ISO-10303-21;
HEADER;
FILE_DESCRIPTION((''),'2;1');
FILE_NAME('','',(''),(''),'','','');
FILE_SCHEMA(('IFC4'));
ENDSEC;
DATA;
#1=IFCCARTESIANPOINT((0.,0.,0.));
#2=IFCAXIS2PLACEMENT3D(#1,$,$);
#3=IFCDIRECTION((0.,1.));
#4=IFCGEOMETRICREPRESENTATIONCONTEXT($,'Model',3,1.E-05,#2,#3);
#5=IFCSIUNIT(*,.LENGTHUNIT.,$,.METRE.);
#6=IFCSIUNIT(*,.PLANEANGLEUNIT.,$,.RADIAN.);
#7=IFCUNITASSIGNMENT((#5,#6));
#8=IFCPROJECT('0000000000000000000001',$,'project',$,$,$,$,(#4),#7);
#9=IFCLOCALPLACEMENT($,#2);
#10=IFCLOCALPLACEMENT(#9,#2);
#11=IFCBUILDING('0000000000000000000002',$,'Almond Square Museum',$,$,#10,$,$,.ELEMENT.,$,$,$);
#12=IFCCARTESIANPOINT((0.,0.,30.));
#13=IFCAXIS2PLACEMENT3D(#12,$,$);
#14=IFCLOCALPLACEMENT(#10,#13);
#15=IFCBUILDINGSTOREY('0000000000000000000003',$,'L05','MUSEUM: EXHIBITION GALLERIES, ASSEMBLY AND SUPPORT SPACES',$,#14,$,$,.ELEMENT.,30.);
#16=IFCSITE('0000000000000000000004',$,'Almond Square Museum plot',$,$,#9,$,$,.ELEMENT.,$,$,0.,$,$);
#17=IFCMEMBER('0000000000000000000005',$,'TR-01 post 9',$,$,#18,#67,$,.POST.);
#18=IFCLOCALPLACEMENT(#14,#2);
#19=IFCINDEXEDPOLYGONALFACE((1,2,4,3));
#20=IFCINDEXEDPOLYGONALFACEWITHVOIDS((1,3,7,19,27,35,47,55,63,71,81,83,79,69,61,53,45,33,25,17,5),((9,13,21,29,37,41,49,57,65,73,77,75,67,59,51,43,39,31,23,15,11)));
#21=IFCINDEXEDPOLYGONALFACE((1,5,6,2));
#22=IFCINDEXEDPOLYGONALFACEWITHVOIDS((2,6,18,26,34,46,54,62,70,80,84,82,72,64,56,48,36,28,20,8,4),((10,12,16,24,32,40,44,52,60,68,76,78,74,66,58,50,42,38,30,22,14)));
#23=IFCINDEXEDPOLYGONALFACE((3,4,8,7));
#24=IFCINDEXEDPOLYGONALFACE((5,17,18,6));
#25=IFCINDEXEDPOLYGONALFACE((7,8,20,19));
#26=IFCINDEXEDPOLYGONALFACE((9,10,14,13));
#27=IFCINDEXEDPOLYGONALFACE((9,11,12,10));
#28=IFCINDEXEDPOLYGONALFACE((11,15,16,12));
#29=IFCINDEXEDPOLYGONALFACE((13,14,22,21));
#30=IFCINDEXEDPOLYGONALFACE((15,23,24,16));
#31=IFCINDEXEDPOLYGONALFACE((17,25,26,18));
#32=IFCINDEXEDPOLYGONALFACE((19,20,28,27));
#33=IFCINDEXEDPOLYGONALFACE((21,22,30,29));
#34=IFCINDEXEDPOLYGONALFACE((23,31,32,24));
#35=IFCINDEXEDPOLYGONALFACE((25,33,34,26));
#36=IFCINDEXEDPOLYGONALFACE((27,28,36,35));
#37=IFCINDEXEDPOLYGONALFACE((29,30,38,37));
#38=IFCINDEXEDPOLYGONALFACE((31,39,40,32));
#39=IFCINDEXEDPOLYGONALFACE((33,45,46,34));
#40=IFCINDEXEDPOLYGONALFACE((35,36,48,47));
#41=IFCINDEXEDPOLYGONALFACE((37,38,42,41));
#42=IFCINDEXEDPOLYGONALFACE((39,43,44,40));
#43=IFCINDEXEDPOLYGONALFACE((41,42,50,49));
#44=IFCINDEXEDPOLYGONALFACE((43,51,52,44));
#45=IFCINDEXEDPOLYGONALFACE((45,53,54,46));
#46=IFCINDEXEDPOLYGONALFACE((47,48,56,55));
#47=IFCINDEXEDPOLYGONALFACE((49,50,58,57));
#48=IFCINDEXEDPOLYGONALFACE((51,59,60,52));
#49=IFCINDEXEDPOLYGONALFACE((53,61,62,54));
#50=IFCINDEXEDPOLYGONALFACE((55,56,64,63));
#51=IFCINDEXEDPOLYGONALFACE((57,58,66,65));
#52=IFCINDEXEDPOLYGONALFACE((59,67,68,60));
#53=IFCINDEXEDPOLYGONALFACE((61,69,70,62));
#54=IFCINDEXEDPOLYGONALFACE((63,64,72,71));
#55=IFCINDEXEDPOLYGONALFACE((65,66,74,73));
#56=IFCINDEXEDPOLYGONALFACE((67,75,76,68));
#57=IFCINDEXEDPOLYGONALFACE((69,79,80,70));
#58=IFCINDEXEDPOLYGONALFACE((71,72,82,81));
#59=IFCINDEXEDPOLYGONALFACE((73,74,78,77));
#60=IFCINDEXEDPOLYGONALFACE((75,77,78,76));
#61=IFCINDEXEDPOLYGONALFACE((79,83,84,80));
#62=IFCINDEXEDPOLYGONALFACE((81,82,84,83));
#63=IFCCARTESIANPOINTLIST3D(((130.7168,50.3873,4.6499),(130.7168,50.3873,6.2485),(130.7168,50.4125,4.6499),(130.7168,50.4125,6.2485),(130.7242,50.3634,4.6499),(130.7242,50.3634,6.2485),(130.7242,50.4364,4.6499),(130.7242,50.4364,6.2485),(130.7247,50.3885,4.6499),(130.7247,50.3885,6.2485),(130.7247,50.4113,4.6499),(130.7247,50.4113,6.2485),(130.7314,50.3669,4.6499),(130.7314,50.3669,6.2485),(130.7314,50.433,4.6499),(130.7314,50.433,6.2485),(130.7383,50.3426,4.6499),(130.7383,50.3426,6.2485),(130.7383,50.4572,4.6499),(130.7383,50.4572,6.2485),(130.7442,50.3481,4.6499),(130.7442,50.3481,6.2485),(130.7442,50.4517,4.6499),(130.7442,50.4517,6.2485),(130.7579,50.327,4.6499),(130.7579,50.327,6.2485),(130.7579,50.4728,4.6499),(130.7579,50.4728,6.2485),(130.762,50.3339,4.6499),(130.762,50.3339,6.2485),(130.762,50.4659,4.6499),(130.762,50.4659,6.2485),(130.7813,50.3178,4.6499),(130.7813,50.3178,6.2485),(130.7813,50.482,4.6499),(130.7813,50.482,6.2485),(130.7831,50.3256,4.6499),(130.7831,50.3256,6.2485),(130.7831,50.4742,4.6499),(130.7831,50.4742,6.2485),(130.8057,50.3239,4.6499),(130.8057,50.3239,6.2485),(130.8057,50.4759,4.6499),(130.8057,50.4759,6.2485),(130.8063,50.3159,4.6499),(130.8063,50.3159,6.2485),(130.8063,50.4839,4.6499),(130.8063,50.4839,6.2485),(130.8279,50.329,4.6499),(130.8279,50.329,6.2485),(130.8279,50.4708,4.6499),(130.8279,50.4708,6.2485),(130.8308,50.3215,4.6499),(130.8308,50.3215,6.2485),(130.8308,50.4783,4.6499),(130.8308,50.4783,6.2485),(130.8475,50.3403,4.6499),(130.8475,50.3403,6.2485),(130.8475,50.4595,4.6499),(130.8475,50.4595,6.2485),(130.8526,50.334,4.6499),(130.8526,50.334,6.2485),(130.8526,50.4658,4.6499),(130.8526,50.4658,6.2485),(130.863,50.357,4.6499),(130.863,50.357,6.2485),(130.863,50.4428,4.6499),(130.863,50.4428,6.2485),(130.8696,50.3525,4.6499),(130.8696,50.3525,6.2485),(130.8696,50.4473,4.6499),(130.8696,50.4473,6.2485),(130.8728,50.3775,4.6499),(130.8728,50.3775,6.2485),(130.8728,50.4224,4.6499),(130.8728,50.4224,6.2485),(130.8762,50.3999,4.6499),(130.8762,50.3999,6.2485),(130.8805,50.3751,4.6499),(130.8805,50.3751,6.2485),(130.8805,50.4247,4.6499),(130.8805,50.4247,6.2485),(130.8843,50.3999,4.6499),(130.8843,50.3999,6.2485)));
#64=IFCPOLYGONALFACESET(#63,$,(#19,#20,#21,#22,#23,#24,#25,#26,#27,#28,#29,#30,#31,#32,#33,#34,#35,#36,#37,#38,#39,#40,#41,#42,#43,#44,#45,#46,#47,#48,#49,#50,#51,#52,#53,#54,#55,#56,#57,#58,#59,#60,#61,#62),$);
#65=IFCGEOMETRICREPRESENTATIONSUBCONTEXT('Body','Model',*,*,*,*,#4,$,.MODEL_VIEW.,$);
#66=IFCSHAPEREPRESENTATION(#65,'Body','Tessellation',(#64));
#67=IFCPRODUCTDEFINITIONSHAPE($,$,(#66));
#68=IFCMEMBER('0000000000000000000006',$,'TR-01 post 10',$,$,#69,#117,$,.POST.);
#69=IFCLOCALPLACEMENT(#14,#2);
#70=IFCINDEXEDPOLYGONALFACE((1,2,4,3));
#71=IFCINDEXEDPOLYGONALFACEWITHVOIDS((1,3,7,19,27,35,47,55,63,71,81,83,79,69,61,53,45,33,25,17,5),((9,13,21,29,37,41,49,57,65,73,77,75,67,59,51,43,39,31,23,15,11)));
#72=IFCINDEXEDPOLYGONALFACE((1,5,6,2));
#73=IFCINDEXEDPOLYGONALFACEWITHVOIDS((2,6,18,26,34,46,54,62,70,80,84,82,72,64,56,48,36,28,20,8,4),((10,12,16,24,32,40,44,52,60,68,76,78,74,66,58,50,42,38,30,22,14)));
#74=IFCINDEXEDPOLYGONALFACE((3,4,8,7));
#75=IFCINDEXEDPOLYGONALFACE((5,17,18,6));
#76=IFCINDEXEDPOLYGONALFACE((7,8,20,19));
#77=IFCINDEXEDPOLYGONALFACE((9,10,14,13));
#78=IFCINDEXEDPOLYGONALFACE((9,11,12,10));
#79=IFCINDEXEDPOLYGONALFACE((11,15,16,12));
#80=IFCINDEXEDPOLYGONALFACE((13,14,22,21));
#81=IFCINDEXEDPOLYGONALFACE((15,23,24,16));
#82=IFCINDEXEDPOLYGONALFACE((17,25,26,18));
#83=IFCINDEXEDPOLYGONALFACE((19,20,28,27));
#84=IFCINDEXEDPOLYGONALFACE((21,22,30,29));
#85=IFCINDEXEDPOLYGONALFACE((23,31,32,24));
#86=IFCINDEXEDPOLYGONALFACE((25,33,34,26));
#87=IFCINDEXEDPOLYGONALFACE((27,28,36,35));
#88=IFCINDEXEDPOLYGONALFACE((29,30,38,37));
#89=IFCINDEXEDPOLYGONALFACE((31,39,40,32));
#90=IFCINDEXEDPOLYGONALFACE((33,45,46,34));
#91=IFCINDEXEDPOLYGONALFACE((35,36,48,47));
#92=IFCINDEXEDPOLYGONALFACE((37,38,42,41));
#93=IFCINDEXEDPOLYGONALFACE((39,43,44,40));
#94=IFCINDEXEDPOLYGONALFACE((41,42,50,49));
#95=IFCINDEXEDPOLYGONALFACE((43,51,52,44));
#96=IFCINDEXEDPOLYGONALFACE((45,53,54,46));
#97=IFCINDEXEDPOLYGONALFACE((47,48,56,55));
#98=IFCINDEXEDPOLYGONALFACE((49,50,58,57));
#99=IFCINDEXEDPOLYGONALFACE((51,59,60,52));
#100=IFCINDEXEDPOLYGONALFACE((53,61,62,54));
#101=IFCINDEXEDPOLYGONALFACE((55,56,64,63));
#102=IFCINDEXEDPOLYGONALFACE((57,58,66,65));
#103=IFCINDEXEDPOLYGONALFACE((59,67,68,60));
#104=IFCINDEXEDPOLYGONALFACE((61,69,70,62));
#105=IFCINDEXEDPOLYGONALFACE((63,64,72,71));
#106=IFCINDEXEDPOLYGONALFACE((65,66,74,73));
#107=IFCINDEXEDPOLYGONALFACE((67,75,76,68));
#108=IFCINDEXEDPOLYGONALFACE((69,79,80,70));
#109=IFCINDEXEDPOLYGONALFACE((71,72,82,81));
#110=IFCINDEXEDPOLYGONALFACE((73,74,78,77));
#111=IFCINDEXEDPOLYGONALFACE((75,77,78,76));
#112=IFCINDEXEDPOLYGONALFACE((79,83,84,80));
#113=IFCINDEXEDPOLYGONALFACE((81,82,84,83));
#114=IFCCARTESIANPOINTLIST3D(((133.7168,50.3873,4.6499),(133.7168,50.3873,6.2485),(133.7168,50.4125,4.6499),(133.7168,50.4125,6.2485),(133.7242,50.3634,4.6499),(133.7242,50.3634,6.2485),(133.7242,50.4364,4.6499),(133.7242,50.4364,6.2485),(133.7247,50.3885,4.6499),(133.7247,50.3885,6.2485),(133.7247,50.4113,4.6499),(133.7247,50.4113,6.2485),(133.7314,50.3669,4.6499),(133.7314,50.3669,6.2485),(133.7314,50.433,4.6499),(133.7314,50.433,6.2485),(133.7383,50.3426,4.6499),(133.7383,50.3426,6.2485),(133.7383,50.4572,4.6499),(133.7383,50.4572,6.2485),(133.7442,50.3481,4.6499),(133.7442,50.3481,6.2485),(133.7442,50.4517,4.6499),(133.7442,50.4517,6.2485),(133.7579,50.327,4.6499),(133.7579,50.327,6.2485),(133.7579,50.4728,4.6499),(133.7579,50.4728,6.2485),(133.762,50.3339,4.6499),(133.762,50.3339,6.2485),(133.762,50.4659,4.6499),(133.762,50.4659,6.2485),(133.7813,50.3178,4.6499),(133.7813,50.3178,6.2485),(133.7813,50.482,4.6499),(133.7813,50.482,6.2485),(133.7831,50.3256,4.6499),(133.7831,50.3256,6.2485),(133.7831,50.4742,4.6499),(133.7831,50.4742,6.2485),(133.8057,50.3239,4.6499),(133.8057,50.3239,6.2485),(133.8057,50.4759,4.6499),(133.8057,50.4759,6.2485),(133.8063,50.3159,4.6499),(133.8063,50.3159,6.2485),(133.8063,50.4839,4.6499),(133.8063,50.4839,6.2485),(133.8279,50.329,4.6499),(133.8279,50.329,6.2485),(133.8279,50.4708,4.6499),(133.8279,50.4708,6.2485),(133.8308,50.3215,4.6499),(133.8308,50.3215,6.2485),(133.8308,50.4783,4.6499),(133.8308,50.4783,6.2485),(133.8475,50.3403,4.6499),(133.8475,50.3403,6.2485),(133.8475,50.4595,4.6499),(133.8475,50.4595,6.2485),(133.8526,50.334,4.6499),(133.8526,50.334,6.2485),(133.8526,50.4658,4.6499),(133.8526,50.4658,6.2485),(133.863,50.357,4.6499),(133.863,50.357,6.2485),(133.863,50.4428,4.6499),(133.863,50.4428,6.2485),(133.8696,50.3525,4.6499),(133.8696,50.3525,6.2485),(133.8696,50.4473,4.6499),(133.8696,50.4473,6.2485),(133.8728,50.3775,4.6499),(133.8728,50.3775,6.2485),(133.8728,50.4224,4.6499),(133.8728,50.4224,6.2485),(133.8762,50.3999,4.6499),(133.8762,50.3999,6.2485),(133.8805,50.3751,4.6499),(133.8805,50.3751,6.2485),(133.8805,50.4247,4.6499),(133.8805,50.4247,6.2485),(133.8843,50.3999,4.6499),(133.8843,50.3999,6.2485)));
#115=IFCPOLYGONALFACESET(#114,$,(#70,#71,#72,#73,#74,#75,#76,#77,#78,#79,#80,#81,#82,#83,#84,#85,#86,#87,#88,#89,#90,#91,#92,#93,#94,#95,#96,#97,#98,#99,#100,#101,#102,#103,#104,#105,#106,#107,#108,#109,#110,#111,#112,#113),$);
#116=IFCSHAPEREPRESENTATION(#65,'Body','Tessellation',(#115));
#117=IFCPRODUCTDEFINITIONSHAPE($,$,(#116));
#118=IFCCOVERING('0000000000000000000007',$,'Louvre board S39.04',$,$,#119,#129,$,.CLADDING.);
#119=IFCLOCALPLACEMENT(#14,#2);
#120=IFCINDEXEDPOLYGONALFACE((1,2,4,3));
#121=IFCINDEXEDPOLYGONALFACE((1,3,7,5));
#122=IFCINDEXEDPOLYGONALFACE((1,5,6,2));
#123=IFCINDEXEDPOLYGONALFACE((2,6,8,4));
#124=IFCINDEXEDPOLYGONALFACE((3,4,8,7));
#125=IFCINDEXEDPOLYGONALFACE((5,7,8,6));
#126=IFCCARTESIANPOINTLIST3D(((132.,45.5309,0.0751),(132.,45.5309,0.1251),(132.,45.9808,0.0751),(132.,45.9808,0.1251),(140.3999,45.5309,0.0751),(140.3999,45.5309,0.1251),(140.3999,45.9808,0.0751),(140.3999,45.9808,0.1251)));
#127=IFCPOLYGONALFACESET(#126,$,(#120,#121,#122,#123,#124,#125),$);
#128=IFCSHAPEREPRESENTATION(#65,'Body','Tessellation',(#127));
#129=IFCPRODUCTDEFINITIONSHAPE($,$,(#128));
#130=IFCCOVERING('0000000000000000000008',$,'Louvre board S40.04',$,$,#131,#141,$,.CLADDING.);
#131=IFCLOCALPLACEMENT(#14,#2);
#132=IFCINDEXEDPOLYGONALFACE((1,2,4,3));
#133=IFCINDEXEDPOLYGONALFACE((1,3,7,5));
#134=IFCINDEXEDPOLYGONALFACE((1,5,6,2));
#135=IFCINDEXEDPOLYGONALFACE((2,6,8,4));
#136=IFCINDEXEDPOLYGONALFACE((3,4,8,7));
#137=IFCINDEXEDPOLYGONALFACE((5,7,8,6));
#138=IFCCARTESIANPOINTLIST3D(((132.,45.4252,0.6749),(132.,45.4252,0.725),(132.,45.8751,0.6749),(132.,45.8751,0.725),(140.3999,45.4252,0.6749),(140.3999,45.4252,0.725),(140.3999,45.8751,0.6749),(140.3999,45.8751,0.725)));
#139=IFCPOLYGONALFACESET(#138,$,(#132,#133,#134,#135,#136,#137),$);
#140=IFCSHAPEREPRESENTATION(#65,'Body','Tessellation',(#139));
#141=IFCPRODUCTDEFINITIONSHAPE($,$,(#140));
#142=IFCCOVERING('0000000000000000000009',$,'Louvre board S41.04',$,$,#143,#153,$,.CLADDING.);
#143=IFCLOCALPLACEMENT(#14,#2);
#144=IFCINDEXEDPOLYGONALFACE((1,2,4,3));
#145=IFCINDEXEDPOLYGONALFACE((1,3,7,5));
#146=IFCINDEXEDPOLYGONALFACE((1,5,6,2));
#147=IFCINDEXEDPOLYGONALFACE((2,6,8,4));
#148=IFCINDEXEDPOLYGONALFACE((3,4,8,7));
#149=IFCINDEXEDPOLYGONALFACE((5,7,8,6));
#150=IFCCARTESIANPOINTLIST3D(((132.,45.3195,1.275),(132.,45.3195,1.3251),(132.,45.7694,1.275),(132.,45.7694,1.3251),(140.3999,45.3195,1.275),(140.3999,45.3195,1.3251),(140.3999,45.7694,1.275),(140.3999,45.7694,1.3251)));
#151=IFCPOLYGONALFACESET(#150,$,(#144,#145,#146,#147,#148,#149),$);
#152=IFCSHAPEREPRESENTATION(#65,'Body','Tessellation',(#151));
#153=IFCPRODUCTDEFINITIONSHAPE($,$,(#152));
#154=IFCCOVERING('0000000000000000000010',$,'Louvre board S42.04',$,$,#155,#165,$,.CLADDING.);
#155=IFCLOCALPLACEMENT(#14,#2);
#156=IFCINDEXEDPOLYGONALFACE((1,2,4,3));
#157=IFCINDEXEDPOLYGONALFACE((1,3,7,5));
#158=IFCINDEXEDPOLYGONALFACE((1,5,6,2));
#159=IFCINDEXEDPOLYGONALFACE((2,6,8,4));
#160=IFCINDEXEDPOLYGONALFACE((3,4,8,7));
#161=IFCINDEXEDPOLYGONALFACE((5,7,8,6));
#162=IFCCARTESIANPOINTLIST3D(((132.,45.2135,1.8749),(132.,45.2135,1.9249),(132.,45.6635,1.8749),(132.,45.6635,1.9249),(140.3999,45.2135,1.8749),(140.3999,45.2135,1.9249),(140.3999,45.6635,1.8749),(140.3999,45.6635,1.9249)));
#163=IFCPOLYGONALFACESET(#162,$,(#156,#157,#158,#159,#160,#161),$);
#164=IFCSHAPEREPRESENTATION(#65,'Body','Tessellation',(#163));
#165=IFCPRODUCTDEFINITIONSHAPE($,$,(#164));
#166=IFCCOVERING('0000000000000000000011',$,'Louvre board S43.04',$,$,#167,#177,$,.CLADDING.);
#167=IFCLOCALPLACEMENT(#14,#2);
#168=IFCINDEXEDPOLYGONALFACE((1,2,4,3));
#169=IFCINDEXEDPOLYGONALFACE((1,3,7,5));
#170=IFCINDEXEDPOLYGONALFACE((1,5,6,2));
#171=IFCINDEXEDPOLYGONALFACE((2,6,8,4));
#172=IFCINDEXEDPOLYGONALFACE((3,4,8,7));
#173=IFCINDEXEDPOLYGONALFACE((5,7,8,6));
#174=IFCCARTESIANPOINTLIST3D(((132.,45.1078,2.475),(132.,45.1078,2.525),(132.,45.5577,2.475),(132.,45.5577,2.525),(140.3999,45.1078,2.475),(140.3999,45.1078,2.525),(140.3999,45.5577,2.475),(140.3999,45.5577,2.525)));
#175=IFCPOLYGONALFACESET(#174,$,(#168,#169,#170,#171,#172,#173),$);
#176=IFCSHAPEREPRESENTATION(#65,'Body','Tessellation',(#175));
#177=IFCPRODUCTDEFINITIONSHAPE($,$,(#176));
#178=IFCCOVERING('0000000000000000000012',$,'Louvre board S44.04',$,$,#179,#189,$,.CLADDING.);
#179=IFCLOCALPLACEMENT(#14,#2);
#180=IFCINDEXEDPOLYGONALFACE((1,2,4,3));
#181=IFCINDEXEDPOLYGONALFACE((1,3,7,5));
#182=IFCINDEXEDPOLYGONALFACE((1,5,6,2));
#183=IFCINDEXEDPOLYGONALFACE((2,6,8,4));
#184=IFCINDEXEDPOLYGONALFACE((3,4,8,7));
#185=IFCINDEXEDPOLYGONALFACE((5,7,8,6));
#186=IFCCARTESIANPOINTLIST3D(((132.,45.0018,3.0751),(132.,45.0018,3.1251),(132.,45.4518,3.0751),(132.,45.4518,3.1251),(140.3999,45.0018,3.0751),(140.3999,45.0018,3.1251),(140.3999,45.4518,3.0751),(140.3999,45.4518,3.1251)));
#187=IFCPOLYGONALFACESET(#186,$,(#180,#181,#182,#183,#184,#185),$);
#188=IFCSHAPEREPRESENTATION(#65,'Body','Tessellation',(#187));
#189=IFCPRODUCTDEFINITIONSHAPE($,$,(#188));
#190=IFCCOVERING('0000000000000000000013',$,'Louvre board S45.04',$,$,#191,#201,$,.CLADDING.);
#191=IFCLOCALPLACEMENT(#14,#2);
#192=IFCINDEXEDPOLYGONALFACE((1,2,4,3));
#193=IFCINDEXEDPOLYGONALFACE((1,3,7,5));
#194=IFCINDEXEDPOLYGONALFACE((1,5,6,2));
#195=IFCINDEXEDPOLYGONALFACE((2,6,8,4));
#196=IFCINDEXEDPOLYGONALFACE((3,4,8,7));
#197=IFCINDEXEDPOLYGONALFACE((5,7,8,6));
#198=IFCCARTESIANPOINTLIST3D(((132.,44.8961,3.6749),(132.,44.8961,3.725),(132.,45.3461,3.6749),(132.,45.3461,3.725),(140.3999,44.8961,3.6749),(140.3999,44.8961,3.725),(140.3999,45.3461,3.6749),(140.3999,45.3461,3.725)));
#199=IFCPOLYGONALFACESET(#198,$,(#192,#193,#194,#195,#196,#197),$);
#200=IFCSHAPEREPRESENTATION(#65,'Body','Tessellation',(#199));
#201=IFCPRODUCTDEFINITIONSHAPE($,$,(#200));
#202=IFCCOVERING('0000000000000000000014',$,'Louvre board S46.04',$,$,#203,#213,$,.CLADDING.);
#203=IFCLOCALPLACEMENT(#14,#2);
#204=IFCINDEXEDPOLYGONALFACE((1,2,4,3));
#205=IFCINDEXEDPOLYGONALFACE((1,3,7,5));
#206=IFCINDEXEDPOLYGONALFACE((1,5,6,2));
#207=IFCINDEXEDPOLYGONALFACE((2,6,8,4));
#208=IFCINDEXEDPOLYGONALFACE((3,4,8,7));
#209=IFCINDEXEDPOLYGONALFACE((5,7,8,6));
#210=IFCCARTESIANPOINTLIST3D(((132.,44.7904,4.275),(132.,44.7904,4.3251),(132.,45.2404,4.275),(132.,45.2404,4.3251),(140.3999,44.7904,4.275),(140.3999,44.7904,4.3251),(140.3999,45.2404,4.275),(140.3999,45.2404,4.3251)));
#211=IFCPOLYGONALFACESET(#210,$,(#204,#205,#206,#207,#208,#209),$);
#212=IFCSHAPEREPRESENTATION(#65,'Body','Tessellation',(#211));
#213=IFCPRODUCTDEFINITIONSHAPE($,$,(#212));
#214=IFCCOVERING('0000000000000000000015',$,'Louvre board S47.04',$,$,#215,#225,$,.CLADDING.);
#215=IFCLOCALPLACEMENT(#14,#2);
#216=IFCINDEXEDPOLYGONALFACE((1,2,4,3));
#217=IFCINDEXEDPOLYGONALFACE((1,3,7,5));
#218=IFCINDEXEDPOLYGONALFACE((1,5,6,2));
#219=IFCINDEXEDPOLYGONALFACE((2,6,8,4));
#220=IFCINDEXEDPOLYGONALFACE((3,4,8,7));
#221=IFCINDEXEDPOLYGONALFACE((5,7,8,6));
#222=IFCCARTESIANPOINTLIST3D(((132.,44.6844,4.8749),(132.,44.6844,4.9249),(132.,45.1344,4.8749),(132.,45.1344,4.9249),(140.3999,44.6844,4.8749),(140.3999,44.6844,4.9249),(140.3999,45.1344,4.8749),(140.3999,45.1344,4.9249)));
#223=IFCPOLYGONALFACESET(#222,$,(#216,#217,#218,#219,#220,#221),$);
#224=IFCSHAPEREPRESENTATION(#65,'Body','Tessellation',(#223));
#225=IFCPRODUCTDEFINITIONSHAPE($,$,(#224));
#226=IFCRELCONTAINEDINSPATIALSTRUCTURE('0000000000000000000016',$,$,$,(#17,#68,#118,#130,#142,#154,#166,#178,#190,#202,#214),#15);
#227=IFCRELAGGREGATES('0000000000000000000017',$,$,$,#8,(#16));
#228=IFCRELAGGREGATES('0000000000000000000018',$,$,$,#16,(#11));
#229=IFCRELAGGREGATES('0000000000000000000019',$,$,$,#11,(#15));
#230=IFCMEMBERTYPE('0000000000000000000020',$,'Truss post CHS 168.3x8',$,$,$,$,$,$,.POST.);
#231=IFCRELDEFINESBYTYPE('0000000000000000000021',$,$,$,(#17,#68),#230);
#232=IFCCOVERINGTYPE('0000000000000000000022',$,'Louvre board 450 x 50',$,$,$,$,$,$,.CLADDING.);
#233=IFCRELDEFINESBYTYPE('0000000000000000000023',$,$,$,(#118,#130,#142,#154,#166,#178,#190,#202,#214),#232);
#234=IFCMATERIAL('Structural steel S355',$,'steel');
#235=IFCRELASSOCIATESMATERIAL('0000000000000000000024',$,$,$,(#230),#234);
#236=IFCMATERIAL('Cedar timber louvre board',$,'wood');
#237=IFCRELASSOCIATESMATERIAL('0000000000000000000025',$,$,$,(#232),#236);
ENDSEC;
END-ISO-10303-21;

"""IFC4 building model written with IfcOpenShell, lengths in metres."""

from ifc_helpers import new_model, si_unit, direction, frame, origin, origin_2d, place, context, subcontext, project, spatial, rectangle, hollow_circle, extrude, material, material_profile, profile_set, type_object, element, save


model = new_model("IFC4")

# Units and contexts
model_context = context("Model", 3, precision=1e-05, world=origin(), true_north=direction((0.0, 1.0)))
body_context = subcontext(model_context, "Body", "Model", "MODEL_VIEW")
ifc_project = project(units=[si_unit("LENGTHUNIT", "METRE"), si_unit("PLANEANGLEUNIT", "RADIAN")], contexts=[model_context])

# Site, building, storey
site_placement = place(None, origin())
site = spatial("IfcSite", under=ifc_project, at=site_placement, Name="Almond Square Museum plot", CompositionType="ELEMENT", RefElevation=0.0)
building_placement = place(site_placement, origin())
building = spatial("IfcBuilding", under=site, at=building_placement, Name="Almond Square Museum", CompositionType="ELEMENT")
storey_placement = place(building_placement, frame((0.0, 0.0, 30.0)))
storey = spatial("IfcBuildingStorey", under=building, at=storey_placement, Name="L05", Description="MUSEUM: EXHIBITION GALLERIES, ASSEMBLY AND SUPPORT SPACES", CompositionType="ELEMENT", Elevation=30.0)

# Members
ifc_material_1 = material(Name="Structural steel S355", Category="steel")
ifc_material_profile_1 = material_profile(ifc_material_1, hollow_circle(Radius=0.0842, WallThickness=0.0081, at=origin_2d()))
ifc_profile_set_1 = profile_set([ifc_material_profile_1], Name="Structural steel S355")
member_type_1 = type_object("IfcMemberType", Name="Truss post CHS 168.3x8", PredefinedType="POST", material=ifc_profile_set_1)
for number, where, z_axis, x_axis, name in (
    (1, (130.8, 50.3999, 4.6499), (0.0, 0.0, 1.0), (1.0, 0.0, 0.0), "TR-01 post 9"),
    (2, (133.8, 50.3999, 4.6499), (0.0, 0.0, 1.0), (1.0, 0.0, 0.0), "TR-01 post 10"),
):
    element("IfcMember", number, at=place(storey_placement, frame(where, z_axis=z_axis, x_axis=x_axis)), inside=storey, type_object=member_type_1, Name=name, PredefinedType="POST", context=body_context, shape_type="SweptSolid", body=[
        extrude(hollow_circle(Radius=0.0842, WallThickness=0.0081, at=origin_2d()), origin(), (0.0, 0.0, 1.0), 1.5986),
    ])

# Coverings
ifc_material_2 = material(Name="Cedar timber louvre board", Category="wood")
ifc_material_profile_2 = material_profile(ifc_material_2, rectangle(XDim=0.45, YDim=0.05, at=origin_2d()))
ifc_profile_set_2 = profile_set([ifc_material_profile_2], Name="Cedar timber louvre board")
covering_type_1 = type_object("IfcCoveringType", Name="Louvre board 450 x 50", PredefinedType="CLADDING", material=ifc_profile_set_2)
for number, where, z_axis, x_axis, name in (
    (3, (132.0, 45.7559, 0.1001), (1.0, 0.0, 0.0), (0.0, 1.0, 0.0), "Louvre board S39.04"),
    (4, (132.0, 45.6501, 0.7), (1.0, 0.0, 0.0), (0.0, 1.0, 0.0), "Louvre board S40.04"),
    (5, (132.0, 45.5444, 1.3), (1.0, 0.0, 0.0), (0.0, 1.0, 0.0), "Louvre board S41.04"),
    (6, (132.0, 45.4385, 1.8999), (1.0, 0.0, 0.0), (0.0, 1.0, 0.0), "Louvre board S42.04"),
    (7, (132.0, 45.3328, 2.5), (1.0, 0.0, 0.0), (0.0, 1.0, 0.0), "Louvre board S43.04"),
    (8, (132.0, 45.2268, 3.1001), (1.0, 0.0, 0.0), (0.0, 1.0, 0.0), "Louvre board S44.04"),
    (9, (132.0, 45.1211, 3.7), (1.0, 0.0, 0.0), (0.0, 1.0, 0.0), "Louvre board S45.04"),
    (10, (132.0, 45.0154, 4.3), (1.0, 0.0, 0.0), (0.0, 1.0, 0.0), "Louvre board S46.04"),
    (11, (132.0, 44.9094, 4.8999), (1.0, 0.0, 0.0), (0.0, 1.0, 0.0), "Louvre board S47.04"),
):
    element("IfcCovering", number, at=place(storey_placement, frame(where, z_axis=z_axis, x_axis=x_axis)), inside=storey, type_object=covering_type_1, Name=name, PredefinedType="CLADDING", context=body_context, shape_type="SweptSolid", body=[
        extrude(rectangle(XDim=0.45, YDim=0.05, at=origin_2d()), origin(), (0.0, 0.0, 1.0), 8.3999),
    ])

save(model, "model.ifc")
